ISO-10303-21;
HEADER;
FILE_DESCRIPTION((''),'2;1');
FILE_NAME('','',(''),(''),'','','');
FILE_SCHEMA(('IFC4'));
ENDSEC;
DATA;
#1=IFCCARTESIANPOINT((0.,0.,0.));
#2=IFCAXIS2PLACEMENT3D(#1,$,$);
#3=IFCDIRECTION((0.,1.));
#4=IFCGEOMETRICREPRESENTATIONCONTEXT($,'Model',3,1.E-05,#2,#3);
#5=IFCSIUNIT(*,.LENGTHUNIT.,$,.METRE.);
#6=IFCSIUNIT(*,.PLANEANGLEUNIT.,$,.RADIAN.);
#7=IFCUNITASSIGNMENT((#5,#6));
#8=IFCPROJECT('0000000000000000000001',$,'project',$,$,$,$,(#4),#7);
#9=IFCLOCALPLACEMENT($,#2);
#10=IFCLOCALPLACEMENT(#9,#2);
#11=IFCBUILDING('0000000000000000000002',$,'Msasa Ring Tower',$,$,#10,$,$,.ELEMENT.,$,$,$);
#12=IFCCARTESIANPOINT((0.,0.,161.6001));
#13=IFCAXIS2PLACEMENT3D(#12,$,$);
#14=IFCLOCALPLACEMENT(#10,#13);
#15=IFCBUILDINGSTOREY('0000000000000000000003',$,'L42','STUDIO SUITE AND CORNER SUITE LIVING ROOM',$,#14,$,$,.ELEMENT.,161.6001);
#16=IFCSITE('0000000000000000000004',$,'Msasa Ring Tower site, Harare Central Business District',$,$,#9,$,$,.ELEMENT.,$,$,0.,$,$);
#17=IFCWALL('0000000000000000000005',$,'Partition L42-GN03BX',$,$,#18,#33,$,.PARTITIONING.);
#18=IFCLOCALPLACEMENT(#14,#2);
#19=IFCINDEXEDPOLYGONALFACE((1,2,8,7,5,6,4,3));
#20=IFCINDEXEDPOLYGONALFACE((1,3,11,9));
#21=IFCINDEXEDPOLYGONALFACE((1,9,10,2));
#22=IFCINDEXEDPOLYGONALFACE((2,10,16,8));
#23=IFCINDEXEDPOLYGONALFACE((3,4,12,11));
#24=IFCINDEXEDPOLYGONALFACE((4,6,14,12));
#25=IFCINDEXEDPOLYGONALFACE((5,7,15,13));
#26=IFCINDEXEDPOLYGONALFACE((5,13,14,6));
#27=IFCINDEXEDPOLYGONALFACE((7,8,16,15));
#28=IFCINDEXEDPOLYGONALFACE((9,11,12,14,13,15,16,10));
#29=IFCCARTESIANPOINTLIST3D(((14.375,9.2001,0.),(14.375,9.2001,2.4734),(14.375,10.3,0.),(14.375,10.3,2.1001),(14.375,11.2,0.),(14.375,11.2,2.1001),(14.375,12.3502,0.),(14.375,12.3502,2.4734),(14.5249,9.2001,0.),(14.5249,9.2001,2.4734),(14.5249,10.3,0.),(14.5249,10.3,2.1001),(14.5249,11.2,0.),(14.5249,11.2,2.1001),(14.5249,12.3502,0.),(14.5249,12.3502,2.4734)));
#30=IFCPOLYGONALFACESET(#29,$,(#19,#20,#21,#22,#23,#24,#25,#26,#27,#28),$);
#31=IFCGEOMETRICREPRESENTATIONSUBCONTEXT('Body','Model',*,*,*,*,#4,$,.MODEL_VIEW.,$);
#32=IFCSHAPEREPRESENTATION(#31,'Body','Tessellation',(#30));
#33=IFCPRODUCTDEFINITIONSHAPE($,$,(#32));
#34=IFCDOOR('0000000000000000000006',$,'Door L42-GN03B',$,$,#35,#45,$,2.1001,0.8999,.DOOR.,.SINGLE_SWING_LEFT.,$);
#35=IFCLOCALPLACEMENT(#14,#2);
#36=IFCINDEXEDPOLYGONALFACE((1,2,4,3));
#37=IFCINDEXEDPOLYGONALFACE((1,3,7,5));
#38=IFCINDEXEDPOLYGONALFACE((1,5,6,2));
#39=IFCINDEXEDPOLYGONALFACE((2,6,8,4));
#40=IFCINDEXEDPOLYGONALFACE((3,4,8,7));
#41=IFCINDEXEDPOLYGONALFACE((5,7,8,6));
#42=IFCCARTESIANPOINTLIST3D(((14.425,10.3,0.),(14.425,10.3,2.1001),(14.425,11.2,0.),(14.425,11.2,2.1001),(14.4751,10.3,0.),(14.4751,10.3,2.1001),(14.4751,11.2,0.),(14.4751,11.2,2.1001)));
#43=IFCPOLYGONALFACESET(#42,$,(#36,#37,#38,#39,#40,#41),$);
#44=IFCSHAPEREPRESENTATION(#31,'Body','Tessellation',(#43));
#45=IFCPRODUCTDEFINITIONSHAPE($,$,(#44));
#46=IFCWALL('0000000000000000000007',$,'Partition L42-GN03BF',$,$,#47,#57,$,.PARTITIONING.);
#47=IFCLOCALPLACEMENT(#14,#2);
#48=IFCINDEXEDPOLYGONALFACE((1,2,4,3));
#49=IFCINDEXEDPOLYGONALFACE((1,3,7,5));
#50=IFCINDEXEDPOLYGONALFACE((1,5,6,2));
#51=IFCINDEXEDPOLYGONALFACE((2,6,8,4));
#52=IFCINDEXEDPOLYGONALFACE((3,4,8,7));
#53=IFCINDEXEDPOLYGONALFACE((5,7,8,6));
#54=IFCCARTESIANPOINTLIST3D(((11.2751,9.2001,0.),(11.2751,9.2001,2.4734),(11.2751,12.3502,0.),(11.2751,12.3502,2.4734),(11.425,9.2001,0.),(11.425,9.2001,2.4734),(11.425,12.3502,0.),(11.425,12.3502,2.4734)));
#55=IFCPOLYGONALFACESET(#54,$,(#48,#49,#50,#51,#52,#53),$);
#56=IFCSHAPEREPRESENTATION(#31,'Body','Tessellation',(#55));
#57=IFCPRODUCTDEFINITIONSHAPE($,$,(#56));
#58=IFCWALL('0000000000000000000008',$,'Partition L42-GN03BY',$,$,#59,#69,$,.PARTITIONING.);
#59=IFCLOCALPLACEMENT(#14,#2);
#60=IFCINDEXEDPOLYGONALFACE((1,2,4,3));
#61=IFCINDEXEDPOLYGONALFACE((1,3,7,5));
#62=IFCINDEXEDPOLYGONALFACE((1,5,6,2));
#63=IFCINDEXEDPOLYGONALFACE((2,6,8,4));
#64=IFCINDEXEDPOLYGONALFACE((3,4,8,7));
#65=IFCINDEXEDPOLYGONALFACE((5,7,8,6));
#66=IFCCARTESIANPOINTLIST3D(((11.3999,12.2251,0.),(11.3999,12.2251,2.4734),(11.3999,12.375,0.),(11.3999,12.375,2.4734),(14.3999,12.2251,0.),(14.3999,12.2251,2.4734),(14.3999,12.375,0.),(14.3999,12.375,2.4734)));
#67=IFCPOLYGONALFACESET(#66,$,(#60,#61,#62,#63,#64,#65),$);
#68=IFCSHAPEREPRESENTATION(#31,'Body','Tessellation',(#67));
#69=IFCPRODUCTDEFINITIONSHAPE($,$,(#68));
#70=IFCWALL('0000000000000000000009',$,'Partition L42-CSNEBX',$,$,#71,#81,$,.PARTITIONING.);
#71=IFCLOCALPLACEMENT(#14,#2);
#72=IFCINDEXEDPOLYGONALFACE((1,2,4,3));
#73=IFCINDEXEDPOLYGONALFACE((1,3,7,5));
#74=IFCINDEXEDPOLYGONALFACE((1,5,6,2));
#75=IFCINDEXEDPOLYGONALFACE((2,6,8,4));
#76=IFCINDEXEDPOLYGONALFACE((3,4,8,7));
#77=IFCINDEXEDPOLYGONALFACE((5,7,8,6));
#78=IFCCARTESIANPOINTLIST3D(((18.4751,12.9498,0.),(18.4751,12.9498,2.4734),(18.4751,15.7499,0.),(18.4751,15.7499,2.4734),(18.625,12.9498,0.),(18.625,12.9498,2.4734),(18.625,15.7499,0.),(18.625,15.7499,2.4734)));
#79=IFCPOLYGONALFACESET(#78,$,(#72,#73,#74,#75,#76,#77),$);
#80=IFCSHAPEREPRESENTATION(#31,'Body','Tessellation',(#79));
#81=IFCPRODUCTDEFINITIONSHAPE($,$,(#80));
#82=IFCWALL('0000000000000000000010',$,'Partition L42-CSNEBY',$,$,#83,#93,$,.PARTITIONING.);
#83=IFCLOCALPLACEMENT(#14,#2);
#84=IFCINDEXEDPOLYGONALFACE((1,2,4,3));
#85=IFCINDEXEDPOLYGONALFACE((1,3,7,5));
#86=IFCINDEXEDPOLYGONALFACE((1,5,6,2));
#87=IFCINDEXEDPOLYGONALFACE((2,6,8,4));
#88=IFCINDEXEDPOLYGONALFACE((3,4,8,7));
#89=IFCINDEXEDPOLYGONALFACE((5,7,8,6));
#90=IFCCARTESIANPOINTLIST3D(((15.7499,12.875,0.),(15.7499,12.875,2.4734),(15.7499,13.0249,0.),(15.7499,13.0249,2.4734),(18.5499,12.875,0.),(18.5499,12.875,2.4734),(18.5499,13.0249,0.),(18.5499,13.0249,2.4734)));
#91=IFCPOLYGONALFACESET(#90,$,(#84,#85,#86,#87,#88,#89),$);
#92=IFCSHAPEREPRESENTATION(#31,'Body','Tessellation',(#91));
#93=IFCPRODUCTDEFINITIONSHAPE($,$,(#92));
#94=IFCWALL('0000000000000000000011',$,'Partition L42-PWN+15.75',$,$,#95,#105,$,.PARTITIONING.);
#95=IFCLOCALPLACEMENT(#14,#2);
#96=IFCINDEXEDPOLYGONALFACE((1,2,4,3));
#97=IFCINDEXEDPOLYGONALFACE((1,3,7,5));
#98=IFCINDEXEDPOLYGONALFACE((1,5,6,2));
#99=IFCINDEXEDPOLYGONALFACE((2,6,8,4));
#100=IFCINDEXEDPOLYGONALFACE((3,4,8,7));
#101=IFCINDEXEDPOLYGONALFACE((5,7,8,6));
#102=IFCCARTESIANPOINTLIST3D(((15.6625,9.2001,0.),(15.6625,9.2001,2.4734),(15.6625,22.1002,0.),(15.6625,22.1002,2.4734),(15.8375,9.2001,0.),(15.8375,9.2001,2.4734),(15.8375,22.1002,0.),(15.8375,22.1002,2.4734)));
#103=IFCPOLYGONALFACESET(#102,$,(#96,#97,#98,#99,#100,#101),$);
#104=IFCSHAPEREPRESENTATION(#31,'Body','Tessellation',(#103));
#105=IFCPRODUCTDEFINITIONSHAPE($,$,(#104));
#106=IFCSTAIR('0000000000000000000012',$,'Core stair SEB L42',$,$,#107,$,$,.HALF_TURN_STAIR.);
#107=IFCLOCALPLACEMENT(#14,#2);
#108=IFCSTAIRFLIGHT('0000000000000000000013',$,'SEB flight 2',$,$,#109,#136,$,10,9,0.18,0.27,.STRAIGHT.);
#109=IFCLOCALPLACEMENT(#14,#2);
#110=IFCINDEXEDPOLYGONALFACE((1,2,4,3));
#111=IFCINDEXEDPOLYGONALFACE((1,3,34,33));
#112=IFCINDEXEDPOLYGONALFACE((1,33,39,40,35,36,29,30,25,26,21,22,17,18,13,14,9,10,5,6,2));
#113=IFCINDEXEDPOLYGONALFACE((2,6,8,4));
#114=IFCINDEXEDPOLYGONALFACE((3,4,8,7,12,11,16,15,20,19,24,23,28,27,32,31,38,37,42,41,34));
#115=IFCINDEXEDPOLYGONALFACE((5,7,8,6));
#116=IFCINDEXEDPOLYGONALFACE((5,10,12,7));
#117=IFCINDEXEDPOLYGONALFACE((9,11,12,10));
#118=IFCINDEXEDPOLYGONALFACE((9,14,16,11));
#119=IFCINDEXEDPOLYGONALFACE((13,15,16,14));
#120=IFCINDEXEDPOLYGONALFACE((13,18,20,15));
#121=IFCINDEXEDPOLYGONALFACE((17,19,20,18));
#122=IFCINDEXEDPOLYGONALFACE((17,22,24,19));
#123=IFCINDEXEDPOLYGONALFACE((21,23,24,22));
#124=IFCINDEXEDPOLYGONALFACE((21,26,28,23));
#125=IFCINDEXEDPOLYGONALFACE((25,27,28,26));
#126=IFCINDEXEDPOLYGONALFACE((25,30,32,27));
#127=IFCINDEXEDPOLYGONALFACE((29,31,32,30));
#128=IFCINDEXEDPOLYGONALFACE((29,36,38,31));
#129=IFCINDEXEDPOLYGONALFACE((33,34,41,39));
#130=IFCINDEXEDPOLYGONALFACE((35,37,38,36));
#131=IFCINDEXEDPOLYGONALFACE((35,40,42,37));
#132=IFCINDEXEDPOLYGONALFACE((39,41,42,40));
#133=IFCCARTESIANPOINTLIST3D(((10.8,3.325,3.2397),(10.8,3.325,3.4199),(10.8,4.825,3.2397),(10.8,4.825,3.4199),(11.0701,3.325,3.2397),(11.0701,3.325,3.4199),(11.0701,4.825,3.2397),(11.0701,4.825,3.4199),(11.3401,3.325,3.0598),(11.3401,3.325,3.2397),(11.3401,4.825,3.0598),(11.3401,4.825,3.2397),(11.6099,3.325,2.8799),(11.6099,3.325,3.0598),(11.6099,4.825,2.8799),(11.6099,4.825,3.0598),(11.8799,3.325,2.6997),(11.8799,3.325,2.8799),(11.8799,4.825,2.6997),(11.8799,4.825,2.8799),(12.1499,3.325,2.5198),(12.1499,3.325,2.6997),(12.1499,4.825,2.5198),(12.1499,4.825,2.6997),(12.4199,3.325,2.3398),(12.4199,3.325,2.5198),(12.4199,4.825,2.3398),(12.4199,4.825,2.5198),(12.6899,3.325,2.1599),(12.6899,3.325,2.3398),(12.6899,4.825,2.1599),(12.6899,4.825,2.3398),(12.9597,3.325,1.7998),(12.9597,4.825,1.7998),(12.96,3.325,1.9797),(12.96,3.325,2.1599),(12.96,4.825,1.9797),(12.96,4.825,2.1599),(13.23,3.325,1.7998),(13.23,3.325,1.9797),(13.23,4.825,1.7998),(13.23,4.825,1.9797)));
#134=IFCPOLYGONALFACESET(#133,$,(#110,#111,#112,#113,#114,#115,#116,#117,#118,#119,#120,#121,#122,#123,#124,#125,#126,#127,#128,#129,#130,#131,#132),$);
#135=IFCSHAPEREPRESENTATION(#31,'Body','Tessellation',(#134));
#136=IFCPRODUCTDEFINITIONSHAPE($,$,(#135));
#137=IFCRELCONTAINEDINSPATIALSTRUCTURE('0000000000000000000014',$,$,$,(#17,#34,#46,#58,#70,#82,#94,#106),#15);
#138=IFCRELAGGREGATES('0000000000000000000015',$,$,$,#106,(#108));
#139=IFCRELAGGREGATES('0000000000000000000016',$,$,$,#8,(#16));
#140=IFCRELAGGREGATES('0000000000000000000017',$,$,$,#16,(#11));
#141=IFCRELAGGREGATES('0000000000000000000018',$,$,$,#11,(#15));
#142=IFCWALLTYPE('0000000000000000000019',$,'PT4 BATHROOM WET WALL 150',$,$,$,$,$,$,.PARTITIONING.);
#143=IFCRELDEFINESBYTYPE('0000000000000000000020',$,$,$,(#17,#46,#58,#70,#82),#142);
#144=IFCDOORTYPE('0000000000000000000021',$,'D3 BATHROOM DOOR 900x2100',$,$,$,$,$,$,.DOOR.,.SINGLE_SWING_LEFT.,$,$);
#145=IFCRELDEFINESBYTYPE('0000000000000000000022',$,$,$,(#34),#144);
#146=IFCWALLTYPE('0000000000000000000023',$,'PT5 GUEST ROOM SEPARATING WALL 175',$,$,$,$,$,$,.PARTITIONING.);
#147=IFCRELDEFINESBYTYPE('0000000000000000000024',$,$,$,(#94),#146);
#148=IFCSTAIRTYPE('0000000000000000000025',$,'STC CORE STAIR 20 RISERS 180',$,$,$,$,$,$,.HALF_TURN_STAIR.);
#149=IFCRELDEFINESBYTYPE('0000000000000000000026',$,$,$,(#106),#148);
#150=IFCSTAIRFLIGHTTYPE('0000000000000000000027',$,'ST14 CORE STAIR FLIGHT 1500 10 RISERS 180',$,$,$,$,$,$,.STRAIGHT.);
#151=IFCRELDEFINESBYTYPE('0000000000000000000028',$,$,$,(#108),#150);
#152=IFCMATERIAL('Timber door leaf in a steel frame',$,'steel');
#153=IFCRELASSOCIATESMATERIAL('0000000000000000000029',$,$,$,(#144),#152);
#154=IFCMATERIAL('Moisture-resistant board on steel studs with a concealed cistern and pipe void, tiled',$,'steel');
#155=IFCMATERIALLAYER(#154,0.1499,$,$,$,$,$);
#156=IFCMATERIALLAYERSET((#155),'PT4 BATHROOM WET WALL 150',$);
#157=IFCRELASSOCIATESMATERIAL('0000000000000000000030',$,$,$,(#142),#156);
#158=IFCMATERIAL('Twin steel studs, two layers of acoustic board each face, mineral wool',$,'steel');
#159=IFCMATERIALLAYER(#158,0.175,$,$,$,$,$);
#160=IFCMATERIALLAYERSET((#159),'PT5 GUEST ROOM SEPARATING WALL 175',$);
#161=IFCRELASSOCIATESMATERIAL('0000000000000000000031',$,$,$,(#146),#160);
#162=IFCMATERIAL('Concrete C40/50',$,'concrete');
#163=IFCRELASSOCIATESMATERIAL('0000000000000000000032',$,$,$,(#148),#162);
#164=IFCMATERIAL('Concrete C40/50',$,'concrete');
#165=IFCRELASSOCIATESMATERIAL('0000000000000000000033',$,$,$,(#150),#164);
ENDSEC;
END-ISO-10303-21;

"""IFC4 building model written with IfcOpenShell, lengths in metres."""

from ifc_helpers import new_model, si_unit, direction, frame, frame_2d, origin, place, context, subcontext, project, spatial, polyline, rectangle, outline, extrude, material, layer, layer_set, type_object, element, fill, aggregate, save


model = new_model("IFC4")

# Units and contexts
model_context = context("Model", 3, precision=1e-05, world=origin(), true_north=direction((0.0, 1.0)))
body_context = subcontext(model_context, "Body", "Model", "MODEL_VIEW")
ifc_project = project(units=[si_unit("LENGTHUNIT", "METRE"), si_unit("PLANEANGLEUNIT", "RADIAN")], contexts=[model_context])

# Site, building, storey
site_placement = place(None, origin())
site = spatial("IfcSite", under=ifc_project, at=site_placement, Name="Msasa Ring Tower site, Harare Central Business District", CompositionType="ELEMENT", RefElevation=0.0)
building_placement = place(site_placement, origin())
building = spatial("IfcBuilding", under=site, at=building_placement, Name="Msasa Ring Tower", CompositionType="ELEMENT")
storey_placement = place(building_placement, frame((0.0, 0.0, 161.6001)))
storey = spatial("IfcBuildingStorey", under=building, at=storey_placement, Name="L42", Description="STUDIO SUITE AND CORNER SUITE LIVING ROOM", CompositionType="ELEMENT", Elevation=161.6001)

# Shared definitions
ifc_material_1 = material(Name="Timber door leaf in a steel frame", Category="steel")
door_type_1 = type_object("IfcDoorType", Name="D3 BATHROOM DOOR 900x2100", OperationType="SINGLE_SWING_LEFT", PredefinedType="DOOR", material=ifc_material_1)

# Wall, opening, door
ifc_material_2 = material(Name="Moisture-resistant board on steel studs with a concealed cistern and pipe void, tiled", Category="steel")
ifc_layer_1 = layer(ifc_material_2, 0.1499)
ifc_layer_set_1 = layer_set([ifc_layer_1], Name="PT4 BATHROOM WET WALL 150")
wall_type_1 = type_object("IfcWallType", Name="PT4 BATHROOM WET WALL 150", PredefinedType="PARTITIONING", material=ifc_layer_set_1)
wall_1_placement = place(storey_placement, frame((14.45, 9.2, 0.0), z_axis=(0.0, 0.0, 1.0), x_axis=(0.0, 1.0, 0.0)))
wall_1 = element("IfcWall", 1, at=wall_1_placement, inside=storey, type_object=wall_type_1, Name="Partition L42-GN03BX", PredefinedType="PARTITIONING", context=body_context, shape_type="SweptSolid", body=[
    extrude(rectangle(XDim=3.1501, YDim=0.1499, at=frame_2d((1.5752, 0.0))), origin(), (0.0, 0.0, 1.0), 2.4734),
])
opening_1_placement = place(wall_1_placement, frame((1.1001, 0.0, 0.0)))
opening_1 = element("IfcOpeningElement", 2, at=opening_1_placement, cuts=wall_1, PredefinedType="OPENING", context=body_context, shape_type="SweptSolid", body=[
    extrude(rectangle(XDim=0.8999, YDim=2.1001, at=frame_2d((0.45, 1.05))), frame((0.0, 0.085, 0.0), z_axis=(0.0, -1.0, 0.0), x_axis=(1.0, 0.0, 0.0)), (0.0, 0.0, 1.0), 0.1699),
])
door_1_placement = place(opening_1_placement, origin())
door_1 = element("IfcDoor", 3, at=door_1_placement, inside=storey, type_object=door_type_1, Name="Door L42-GN03B", OperationType="SINGLE_SWING_LEFT", OverallHeight=2.1001, OverallWidth=0.8999, PredefinedType="DOOR", context=body_context, shape_type="SweptSolid", body=[
    extrude(rectangle(XDim=0.8999, YDim=2.1001, at=frame_2d((0.45, 1.05))), frame((0.0, 0.0249, 0.0), z_axis=(0.0, -1.0, 0.0), x_axis=(1.0, 0.0, 0.0)), (0.0, 0.0, 1.0), 0.05),
])
fill(opening_1, door_1)

# Walls
wall_2_placement = place(storey_placement, frame((11.3501, 9.2, 0.0), z_axis=(0.0, 0.0, 1.0), x_axis=(0.0, 1.0, 0.0)))
element("IfcWall", 4, at=wall_2_placement, inside=storey, type_object=wall_type_1, Name="Partition L42-GN03BF", PredefinedType="PARTITIONING", context=body_context, shape_type="SweptSolid", body=[
    extrude(rectangle(XDim=3.1501, YDim=0.1499, at=frame_2d((1.5752, 0.0))), origin(), (0.0, 0.0, 1.0), 2.4734),
])
wall_3_placement = place(storey_placement, frame((11.3999, 12.3, 0.0), z_axis=(0.0, 0.0, 1.0), x_axis=(1.0, 0.0, 0.0)))
element("IfcWall", 5, at=wall_3_placement, inside=storey, type_object=wall_type_1, Name="Partition L42-GN03BY", PredefinedType="PARTITIONING", context=body_context, shape_type="SweptSolid", body=[
    extrude(rectangle(XDim=3.0, YDim=0.1499, at=frame_2d((1.5, 0.0))), origin(), (0.0, 0.0, 1.0), 2.4734),
])
for number, where, z_axis, x_axis, name in (
    (6, (18.55, 12.95, 0.0), (0.0, 0.0, 1.0), (0.0, 1.0, 0.0), "Partition L42-CSNEBX"),
    (7, (15.75, 12.95, 0.0), (0.0, 0.0, 1.0), (1.0, 0.0, 0.0), "Partition L42-CSNEBY"),
):
    element("IfcWall", number, at=place(storey_placement, frame(where, z_axis=z_axis, x_axis=x_axis)), inside=storey, type_object=wall_type_1, Name=name, PredefinedType="PARTITIONING", context=body_context, shape_type="SweptSolid", body=[
        extrude(rectangle(XDim=2.8, YDim=0.1499, at=frame_2d((1.3999, 0.0))), origin(), (0.0, 0.0, 1.0), 2.4734),
    ])
ifc_material_3 = material(Name="Twin steel studs, two layers of acoustic board each face, mineral wool", Category="steel")
ifc_layer_2 = layer(ifc_material_3, 0.175)
ifc_layer_set_2 = layer_set([ifc_layer_2], Name="PT5 GUEST ROOM SEPARATING WALL 175")
wall_type_2 = type_object("IfcWallType", Name="PT5 GUEST ROOM SEPARATING WALL 175", PredefinedType="PARTITIONING", material=ifc_layer_set_2)
wall_4_placement = place(storey_placement, frame((15.75, 9.2, 0.0), z_axis=(0.0, 0.0, 1.0), x_axis=(0.0, 1.0, 0.0)))
element("IfcWall", 8, at=wall_4_placement, inside=storey, type_object=wall_type_2, Name="Partition L42-PWN+15.75", PredefinedType="PARTITIONING", context=body_context, shape_type="SweptSolid", body=[
    extrude(rectangle(XDim=12.9001, YDim=0.175, at=frame_2d((6.4502, 0.0))), origin(), (0.0, 0.0, 1.0), 2.4734),
])

# Stair, stair flight
ifc_material_4 = material(Name="Concrete C40/50", Category="concrete")
stair_type = type_object("IfcStairType", Name="STC CORE STAIR 20 RISERS 180", PredefinedType="HALF_TURN_STAIR", material=ifc_material_4)
stair_placement = place(storey_placement, origin())
stair = element("IfcStair", 9, at=stair_placement, inside=storey, type_object=stair_type, Name="Core stair SEB L42", PredefinedType="HALF_TURN_STAIR")
ifc_material_5 = material(Name="Concrete C40/50", Category="concrete")
stair_flight_type = type_object("IfcStairFlightType", Name="ST14 CORE STAIR FLIGHT 1500 10 RISERS 180", PredefinedType="STRAIGHT", material=ifc_material_5)
stair_flight_placement = place(storey_placement, frame((13.23, 4.075, 1.7998), z_axis=(0.0, 0.0, 1.0), x_axis=(-1.0, 0.0, 0.0)))
stair_flight = element("IfcStairFlight", 10, at=stair_flight_placement, type_object=stair_flight_type, Name="SEB flight 2", NumberOfRisers=10, NumberOfTreads=9, PredefinedType="STRAIGHT", RiserHeight=0.18, TreadLength=0.27, context=body_context, shape_type="SweptSolid", body=[
    extrude(outline(polyline([(0.0, 0.0), (0.0, 0.1799), (0.27, 0.1799), (0.27, 0.3601), (0.54, 0.3601), (0.54, 0.54), (0.8101, 0.54), (0.8101, 0.72), (1.0801, 0.72), (1.0801, 0.8999), (1.3501, 0.8999), (1.3501, 1.0801), (1.6201, 1.0801), (1.6201, 1.26), (1.8899, 1.26), (1.8899, 1.4399), (2.1599, 1.4399), (2.1599, 1.6201), (2.4299, 1.6201), (2.4299, 1.8), (2.4299, 1.4399), (0.2703, 0.0), (0.0, 0.0)])), frame((0.0, 0.75, 0.0), z_axis=(0.0, -1.0, 0.0), x_axis=(1.0, 0.0, 0.0)), (0.0, 0.0, 1.0), 1.5),
])
aggregate(stair, [stair_flight])

save(model, "model.ifc")
